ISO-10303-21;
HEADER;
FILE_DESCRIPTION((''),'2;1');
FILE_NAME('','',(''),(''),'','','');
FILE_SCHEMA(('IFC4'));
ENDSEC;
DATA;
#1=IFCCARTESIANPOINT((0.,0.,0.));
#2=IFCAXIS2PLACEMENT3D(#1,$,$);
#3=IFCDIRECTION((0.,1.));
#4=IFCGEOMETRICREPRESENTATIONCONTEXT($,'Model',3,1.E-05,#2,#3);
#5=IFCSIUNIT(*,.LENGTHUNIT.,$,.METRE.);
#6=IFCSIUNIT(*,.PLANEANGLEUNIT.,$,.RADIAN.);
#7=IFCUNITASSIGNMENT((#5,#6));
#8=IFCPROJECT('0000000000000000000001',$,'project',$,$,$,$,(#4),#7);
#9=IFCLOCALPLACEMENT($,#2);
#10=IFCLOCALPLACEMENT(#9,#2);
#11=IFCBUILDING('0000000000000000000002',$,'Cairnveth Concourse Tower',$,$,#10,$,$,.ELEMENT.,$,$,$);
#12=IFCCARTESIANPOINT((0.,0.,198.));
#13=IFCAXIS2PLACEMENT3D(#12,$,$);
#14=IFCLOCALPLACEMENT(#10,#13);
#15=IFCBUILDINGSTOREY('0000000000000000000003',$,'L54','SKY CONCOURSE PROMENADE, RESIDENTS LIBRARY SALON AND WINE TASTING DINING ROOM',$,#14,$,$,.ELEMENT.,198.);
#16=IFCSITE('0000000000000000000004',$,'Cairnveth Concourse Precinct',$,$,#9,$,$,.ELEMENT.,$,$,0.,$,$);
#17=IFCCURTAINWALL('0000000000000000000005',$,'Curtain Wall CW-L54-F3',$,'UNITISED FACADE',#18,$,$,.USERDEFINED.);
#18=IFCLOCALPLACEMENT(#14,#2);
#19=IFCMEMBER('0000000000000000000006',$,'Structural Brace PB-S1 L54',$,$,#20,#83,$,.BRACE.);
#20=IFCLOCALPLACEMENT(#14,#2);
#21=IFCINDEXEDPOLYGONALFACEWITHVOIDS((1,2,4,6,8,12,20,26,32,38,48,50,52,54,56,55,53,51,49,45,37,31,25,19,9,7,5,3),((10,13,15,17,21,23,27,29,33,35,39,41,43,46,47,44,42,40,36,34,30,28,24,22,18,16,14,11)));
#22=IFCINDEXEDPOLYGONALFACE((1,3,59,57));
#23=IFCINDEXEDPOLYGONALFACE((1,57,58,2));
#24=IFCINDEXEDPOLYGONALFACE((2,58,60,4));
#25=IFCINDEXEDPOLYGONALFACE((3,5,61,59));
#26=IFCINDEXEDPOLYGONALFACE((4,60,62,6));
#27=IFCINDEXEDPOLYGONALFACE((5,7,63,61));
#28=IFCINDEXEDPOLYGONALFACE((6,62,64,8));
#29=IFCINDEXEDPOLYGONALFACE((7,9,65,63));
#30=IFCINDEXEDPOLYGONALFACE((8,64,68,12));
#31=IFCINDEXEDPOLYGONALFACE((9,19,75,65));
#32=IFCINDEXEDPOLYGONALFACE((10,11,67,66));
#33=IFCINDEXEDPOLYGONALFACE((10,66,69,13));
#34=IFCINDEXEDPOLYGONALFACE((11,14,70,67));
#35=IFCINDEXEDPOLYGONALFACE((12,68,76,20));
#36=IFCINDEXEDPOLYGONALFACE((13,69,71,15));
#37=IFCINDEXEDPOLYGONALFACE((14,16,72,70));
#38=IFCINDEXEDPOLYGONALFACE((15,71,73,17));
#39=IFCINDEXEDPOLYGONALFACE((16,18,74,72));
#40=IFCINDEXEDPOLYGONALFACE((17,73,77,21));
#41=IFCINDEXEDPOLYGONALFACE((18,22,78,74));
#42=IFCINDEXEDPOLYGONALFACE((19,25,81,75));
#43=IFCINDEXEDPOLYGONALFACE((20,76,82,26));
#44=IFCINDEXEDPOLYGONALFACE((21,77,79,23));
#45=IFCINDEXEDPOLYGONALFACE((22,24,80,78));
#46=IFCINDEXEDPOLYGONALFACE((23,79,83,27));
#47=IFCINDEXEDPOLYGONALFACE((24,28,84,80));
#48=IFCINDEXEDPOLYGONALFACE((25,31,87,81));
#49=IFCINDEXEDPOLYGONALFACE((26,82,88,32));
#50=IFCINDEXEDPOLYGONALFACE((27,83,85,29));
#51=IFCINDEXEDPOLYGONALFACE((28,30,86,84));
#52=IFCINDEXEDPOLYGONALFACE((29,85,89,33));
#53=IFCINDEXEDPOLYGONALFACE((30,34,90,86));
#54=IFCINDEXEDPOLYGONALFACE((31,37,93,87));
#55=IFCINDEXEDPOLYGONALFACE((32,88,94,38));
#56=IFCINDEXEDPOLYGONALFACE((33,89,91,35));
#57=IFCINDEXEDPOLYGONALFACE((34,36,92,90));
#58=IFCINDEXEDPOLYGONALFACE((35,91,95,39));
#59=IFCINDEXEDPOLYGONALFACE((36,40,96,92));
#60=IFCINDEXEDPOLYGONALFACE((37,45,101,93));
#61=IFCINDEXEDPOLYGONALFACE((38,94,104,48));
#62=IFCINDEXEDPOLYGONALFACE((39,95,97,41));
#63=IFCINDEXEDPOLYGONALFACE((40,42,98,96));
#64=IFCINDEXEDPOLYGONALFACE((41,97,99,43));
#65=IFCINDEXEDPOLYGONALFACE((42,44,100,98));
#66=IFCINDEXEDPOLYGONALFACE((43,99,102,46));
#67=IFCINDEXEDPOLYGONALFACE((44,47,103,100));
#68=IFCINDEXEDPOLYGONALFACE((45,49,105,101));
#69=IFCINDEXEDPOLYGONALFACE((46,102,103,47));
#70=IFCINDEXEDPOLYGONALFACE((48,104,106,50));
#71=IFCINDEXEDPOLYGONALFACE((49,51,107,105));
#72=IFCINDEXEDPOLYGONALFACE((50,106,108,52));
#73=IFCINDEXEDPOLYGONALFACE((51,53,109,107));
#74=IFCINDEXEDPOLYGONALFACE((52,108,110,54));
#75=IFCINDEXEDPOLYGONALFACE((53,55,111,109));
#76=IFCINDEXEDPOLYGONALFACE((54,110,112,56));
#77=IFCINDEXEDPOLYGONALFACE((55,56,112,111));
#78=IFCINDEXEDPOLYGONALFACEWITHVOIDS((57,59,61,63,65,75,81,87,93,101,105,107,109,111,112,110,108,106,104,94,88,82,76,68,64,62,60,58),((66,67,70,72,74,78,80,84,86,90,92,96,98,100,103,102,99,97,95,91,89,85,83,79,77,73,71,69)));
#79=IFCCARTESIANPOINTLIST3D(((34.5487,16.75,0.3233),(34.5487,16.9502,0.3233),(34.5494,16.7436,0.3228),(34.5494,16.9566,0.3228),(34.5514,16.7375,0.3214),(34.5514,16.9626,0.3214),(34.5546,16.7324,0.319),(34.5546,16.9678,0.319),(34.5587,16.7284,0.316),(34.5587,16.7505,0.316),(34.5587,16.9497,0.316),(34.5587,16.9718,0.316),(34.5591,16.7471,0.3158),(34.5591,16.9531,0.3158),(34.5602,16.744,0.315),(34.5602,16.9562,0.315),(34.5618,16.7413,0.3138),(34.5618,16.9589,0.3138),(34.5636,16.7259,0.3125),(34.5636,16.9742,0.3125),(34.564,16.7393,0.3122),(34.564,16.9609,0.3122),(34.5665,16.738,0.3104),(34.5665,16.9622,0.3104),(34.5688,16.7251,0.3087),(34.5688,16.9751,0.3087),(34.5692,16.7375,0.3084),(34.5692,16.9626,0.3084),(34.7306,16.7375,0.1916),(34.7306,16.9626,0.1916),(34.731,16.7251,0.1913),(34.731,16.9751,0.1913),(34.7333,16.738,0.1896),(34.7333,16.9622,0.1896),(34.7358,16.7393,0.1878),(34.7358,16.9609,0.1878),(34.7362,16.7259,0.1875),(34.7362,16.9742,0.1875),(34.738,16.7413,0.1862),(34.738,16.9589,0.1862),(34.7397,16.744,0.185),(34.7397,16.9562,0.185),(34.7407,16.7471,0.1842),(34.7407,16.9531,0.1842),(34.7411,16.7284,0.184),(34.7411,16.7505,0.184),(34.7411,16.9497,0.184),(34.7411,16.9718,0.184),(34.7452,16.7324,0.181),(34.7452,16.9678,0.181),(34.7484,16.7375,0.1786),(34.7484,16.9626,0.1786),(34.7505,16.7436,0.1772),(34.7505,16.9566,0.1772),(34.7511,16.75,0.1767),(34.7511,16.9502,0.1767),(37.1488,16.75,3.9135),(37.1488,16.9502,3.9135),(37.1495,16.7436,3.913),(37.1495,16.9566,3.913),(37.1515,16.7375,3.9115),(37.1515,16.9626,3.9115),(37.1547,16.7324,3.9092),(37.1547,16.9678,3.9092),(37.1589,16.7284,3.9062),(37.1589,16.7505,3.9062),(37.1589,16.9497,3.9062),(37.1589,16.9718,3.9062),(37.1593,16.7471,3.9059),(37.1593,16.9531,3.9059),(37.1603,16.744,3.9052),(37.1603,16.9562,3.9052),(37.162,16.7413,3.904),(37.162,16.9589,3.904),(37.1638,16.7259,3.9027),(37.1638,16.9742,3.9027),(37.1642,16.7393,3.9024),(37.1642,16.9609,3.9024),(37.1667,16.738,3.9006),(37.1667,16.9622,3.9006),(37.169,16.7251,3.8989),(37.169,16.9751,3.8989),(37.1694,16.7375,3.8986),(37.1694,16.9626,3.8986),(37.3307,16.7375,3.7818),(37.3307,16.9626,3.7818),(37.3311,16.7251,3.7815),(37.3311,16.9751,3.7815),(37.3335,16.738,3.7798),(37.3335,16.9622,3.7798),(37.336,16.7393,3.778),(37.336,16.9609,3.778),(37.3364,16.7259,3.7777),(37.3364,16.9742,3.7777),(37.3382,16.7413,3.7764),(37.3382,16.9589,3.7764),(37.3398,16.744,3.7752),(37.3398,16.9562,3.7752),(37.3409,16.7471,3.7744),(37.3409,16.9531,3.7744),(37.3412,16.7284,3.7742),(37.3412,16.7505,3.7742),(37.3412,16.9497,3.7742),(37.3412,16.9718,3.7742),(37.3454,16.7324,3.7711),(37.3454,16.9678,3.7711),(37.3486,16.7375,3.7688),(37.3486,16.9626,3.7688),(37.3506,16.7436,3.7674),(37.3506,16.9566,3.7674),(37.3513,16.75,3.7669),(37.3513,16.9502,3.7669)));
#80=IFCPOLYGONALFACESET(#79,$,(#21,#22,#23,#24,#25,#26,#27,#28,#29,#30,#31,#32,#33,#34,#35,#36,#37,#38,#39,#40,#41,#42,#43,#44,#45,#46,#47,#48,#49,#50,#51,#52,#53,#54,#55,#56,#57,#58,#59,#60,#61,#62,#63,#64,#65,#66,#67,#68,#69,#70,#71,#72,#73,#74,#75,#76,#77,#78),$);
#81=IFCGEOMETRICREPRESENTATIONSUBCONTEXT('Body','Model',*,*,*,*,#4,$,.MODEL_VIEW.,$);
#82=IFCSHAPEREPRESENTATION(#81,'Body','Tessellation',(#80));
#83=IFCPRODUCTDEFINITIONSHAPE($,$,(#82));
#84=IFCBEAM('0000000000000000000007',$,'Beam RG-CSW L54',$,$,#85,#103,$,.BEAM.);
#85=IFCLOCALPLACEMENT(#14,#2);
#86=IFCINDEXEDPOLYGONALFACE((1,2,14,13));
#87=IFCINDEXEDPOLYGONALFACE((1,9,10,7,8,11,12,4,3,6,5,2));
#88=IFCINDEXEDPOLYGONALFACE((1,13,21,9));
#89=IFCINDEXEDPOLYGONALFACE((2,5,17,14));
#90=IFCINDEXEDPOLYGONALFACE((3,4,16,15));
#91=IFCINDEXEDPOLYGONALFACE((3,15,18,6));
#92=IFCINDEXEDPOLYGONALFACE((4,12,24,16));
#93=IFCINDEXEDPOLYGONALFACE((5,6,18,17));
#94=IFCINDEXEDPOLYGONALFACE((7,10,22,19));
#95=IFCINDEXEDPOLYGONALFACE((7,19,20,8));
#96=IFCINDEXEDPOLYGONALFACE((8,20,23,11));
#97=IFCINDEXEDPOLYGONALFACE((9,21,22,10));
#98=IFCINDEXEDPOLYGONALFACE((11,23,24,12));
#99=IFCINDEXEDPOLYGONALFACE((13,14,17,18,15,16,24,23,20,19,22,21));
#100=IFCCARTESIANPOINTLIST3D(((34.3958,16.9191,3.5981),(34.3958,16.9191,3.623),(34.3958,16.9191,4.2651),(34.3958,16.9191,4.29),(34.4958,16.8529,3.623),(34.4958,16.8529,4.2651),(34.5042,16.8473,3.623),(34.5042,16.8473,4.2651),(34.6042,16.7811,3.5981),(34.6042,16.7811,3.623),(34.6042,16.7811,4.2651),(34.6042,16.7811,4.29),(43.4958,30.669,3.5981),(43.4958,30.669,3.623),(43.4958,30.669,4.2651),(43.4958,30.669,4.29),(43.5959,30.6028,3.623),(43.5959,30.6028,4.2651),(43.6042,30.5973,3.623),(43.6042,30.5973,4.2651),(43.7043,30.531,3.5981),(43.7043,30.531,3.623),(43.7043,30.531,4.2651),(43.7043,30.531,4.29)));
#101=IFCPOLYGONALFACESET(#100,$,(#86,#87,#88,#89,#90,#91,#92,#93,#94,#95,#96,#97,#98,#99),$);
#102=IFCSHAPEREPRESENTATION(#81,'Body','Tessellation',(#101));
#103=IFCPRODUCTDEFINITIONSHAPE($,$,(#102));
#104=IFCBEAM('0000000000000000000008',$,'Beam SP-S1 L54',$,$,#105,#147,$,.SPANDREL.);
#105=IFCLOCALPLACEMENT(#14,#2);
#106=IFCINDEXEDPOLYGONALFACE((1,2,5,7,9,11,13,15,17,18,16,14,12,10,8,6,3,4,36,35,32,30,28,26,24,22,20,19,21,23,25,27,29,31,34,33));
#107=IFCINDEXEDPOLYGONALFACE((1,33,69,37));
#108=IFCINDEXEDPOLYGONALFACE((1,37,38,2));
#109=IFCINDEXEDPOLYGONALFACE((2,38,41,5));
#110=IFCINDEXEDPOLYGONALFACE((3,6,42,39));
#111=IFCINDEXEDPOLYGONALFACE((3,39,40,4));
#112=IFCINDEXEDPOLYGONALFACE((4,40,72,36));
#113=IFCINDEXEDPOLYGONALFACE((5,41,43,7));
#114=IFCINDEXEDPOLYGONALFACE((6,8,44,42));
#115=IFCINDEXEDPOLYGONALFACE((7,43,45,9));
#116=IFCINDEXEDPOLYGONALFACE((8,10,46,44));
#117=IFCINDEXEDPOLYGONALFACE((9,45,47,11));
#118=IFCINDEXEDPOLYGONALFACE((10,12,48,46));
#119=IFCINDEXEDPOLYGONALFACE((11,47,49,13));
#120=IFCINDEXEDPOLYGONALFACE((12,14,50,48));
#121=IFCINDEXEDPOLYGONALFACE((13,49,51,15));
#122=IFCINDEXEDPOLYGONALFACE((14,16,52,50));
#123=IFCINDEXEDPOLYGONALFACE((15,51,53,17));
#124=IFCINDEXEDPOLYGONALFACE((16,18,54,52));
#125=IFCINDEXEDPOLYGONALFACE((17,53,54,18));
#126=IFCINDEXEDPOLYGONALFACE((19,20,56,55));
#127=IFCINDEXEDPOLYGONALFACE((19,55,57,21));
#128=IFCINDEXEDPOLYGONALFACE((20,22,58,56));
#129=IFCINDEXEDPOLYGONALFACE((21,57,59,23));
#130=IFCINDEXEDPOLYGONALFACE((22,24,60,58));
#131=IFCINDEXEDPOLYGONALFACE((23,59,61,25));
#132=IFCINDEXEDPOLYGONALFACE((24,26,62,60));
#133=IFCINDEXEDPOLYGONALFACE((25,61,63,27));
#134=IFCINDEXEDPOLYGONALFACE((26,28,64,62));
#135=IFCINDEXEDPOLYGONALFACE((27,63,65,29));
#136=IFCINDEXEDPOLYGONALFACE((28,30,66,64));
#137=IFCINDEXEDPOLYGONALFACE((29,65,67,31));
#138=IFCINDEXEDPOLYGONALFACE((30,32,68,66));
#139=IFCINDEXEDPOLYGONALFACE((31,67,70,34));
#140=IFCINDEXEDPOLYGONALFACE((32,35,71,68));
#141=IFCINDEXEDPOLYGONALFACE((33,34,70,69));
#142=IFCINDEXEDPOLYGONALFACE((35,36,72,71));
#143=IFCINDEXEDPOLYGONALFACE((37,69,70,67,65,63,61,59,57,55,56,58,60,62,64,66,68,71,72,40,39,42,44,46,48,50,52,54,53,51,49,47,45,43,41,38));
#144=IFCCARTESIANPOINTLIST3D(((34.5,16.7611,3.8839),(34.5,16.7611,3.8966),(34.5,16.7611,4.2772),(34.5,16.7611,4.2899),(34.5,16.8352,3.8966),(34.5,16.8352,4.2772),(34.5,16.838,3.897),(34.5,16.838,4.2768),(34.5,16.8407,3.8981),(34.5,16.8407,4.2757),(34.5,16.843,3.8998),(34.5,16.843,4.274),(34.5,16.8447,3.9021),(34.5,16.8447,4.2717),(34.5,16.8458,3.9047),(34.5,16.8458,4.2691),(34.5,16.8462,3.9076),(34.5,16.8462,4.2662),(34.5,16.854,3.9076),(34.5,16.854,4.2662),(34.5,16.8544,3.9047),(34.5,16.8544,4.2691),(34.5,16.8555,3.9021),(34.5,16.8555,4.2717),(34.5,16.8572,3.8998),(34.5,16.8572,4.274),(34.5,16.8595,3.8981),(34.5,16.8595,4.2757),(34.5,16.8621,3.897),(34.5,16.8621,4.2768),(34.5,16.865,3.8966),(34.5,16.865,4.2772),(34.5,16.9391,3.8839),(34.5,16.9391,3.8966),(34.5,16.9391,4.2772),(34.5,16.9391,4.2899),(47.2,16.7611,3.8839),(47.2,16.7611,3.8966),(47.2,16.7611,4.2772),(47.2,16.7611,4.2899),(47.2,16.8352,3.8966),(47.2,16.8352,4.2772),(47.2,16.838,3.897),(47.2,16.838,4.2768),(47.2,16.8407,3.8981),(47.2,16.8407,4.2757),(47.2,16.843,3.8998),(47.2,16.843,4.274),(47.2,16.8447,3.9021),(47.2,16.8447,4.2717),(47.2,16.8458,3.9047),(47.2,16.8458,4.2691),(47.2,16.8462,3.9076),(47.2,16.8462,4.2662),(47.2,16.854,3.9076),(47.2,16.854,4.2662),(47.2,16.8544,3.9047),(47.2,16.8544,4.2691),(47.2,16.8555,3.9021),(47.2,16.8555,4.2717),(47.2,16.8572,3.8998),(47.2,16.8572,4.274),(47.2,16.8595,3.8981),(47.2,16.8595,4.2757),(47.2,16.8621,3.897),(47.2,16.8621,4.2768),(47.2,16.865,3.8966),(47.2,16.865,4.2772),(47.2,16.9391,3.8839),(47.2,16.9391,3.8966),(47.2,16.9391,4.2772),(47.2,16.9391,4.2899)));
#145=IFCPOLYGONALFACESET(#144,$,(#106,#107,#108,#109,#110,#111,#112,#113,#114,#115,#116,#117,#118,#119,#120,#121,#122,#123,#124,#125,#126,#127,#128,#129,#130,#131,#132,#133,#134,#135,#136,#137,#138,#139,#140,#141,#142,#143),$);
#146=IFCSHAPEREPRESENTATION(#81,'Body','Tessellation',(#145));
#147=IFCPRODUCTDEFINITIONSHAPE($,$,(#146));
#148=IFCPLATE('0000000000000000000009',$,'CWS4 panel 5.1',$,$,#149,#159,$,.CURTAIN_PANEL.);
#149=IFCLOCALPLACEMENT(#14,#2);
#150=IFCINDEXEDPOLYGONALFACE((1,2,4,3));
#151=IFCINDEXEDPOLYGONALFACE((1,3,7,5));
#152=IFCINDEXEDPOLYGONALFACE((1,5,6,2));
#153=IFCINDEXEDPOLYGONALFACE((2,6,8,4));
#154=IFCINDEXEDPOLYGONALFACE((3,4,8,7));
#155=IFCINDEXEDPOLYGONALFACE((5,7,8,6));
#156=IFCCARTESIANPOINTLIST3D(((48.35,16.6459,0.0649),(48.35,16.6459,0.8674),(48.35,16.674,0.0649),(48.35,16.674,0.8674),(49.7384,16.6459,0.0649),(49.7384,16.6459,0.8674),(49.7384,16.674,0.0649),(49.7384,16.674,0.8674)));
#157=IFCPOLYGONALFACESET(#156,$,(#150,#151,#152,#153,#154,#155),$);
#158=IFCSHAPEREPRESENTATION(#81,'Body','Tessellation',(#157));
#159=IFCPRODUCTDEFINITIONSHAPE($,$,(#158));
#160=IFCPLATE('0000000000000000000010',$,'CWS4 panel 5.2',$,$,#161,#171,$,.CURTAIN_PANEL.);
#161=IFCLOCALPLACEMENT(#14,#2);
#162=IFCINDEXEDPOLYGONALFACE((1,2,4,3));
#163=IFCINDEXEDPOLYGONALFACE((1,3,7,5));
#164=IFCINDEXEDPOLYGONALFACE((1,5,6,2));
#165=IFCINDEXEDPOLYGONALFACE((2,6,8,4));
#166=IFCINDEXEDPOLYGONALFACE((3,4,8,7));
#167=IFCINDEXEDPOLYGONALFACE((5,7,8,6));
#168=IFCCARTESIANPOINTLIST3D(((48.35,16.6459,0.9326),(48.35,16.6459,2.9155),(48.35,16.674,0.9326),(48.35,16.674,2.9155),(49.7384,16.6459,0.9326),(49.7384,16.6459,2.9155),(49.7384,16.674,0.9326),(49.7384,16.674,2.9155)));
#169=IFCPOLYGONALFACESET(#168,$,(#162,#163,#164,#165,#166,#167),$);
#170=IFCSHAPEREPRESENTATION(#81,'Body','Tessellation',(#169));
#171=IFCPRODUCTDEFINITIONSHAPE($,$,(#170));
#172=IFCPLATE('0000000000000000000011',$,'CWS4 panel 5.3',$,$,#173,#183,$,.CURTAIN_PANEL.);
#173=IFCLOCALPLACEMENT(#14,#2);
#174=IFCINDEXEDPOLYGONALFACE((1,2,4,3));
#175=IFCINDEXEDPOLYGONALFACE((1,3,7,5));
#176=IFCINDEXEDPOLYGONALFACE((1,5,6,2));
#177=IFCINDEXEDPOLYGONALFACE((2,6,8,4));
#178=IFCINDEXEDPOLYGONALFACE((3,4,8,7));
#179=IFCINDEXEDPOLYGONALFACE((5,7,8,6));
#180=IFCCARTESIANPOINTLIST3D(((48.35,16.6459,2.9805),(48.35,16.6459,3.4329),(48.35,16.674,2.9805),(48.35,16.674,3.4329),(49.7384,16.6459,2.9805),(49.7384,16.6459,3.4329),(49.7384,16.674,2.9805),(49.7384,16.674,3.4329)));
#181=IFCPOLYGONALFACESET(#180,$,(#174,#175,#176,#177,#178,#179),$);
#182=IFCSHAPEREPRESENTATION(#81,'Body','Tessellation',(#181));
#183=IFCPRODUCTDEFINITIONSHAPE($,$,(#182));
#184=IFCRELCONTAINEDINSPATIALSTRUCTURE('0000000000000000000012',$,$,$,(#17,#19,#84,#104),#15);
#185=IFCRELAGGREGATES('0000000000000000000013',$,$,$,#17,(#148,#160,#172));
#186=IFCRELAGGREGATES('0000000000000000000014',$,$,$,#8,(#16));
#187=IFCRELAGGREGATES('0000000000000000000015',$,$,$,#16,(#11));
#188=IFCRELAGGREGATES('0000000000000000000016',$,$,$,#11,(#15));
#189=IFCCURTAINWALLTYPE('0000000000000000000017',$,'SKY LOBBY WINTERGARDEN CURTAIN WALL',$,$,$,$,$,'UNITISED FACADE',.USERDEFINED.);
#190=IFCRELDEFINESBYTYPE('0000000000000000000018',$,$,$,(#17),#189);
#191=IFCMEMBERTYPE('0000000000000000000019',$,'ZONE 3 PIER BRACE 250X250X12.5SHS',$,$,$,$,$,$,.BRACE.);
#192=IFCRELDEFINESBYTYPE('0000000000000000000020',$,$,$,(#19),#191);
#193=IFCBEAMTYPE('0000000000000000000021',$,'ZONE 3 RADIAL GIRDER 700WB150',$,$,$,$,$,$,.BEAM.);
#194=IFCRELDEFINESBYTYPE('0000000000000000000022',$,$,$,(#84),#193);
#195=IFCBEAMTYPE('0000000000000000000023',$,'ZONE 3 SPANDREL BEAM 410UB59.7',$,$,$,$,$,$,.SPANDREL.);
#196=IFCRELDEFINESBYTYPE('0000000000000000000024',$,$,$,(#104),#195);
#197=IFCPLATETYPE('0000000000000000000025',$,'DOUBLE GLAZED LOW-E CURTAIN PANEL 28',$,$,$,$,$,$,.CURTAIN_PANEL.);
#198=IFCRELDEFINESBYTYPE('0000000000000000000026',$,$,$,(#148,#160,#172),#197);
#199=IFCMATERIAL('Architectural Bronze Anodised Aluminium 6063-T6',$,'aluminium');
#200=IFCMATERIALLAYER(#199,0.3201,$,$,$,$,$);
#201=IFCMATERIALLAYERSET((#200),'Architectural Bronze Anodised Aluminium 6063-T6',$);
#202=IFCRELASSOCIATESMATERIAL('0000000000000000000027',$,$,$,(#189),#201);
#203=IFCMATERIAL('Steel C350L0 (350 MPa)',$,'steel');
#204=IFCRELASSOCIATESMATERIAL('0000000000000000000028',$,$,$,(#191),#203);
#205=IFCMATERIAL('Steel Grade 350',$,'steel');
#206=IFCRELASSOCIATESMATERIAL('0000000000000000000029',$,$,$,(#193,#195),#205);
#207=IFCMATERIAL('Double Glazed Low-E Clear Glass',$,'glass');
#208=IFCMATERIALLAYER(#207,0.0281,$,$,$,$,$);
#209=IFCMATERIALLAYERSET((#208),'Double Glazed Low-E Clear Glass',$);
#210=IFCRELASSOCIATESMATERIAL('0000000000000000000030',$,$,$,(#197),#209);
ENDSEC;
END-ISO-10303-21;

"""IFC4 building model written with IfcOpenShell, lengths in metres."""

from ifc_helpers import new_model, si_unit, direction, frame, origin, origin_2d, place, context, subcontext, project, spatial, rectangle, hollow_rectangle, i_section, extrude, material, layer, layer_set, material_profile, profile_set, type_object, element, aggregate, save


model = new_model("IFC4")

# Units and contexts
model_context = context("Model", 3, precision=1e-05, world=origin(), true_north=direction((0.0, 1.0)))
body_context = subcontext(model_context, "Body", "Model", "MODEL_VIEW")
ifc_project = project(units=[si_unit("LENGTHUNIT", "METRE"), si_unit("PLANEANGLEUNIT", "RADIAN")], contexts=[model_context])

# Site, building, storey
site_placement = place(None, origin())
site = spatial("IfcSite", under=ifc_project, at=site_placement, Name="Cairnveth Concourse Precinct", CompositionType="ELEMENT", RefElevation=0.0)
building_placement = place(site_placement, origin())
building = spatial("IfcBuilding", under=site, at=building_placement, Name="Cairnveth Concourse Tower", CompositionType="ELEMENT")
storey_placement = place(building_placement, frame((0.0, 0.0, 198.0)))
storey = spatial("IfcBuildingStorey", under=building, at=storey_placement, Name="L54", Description="SKY CONCOURSE PROMENADE, RESIDENTS LIBRARY SALON AND WINE TASTING DINING ROOM", CompositionType="ELEMENT", Elevation=198.0)

# Shared definitions
ifc_material_1 = material(Name="Steel Grade 350", Category="steel")

# Curtain wall
ifc_material_2 = material(Name="Architectural Bronze Anodised Aluminium 6063-T6", Category="aluminium")
ifc_layer_1 = layer(ifc_material_2, 0.3201)
ifc_layer_set_1 = layer_set([ifc_layer_1], Name="Architectural Bronze Anodised Aluminium 6063-T6")
curtain_wall_type = type_object("IfcCurtainWallType", Name="SKY LOBBY WINTERGARDEN CURTAIN WALL", ElementType="UNITISED FACADE", PredefinedType="USERDEFINED", material=ifc_layer_set_1)
curtain_wall_placement = place(storey_placement, origin())
curtain_wall = element("IfcCurtainWall", 1, at=curtain_wall_placement, inside=storey, type_object=curtain_wall_type, Name="Curtain Wall CW-L54-F3", ObjectType="UNITISED FACADE", PredefinedType="USERDEFINED")

# Member
ifc_material_3 = material(Name="Steel C350L0 (350 MPa)", Category="steel")
ifc_material_profile_1 = material_profile(ifc_material_3, hollow_rectangle(XDim=0.25, YDim=0.25, WallThickness=0.0125, InnerFilletRadius=0.0129, OuterFilletRadius=0.0249, at=origin_2d()), Name="250x250x12.5SHS")
ifc_profile_set_1 = profile_set([ifc_material_profile_1], Name="Steel C350L0 (350 MPa)")
member_type_1 = type_object("IfcMemberType", Name="ZONE 3 PIER BRACE 250X250X12.5SHS", PredefinedType="BRACE", material=ifc_profile_set_1)
member_1_placement = place(storey_placement, frame((34.6499, 16.8501, 0.25), z_axis=(0.586566, 0.0, 0.809902), x_axis=(0.0, 1.0, 0.0)))
element("IfcMember", 2, at=member_1_placement, inside=storey, type_object=member_type_1, Name="Structural Brace PB-S1 L54", PredefinedType="BRACE", context=body_context, shape_type="SweptSolid", body=[
    extrude(hollow_rectangle(XDim=0.25, YDim=0.25, WallThickness=0.0125, InnerFilletRadius=0.0129, OuterFilletRadius=0.0249, at=origin_2d()), origin(), (0.0, 0.0, 1.0), 4.4329),
])

# Beams
ifc_material_profile_2 = material_profile(ifc_material_1, i_section(OverallWidth=0.25, OverallDepth=0.6919, WebThickness=0.01, FlangeThickness=0.0249, at=origin_2d()), Name="700WB150")
ifc_profile_set_2 = profile_set([ifc_material_profile_2], Name="Steel Grade 350")
beam_type_1 = type_object("IfcBeamType", Name="ZONE 3 RADIAL GIRDER 700WB150", PredefinedType="BEAM", material=ifc_profile_set_2)
beam_1_placement = place(storey_placement, frame((34.5, 16.8501, 3.9441), z_axis=(0.551902, 0.833909, 0.0), x_axis=(-0.833909, 0.551902, 0.0)))
element("IfcBeam", 3, at=beam_1_placement, inside=storey, type_object=beam_type_1, Name="Beam RG-CSW L54", PredefinedType="BEAM", context=body_context, shape_type="SweptSolid", body=[
    extrude(i_section(OverallWidth=0.25, OverallDepth=0.6919, WebThickness=0.01, FlangeThickness=0.0249, at=origin_2d()), origin(), (0.0, 0.0, 1.0), 16.4885),
])
ifc_material_profile_3 = material_profile(ifc_material_1, i_section(OverallWidth=0.178, OverallDepth=0.406, WebThickness=0.0078, FlangeThickness=0.0127, FilletRadius=0.011, at=origin_2d()), Name="410UB59.7")
ifc_profile_set_3 = profile_set([ifc_material_profile_3], Name="Steel Grade 350")
beam_type_2 = type_object("IfcBeamType", Name="ZONE 3 SPANDREL BEAM 410UB59.7", PredefinedType="SPANDREL", material=ifc_profile_set_3)
beam_2_placement = place(storey_placement, frame((34.5, 16.8501, 4.0869), z_axis=(1.0, 0.0, 0.0), x_axis=(0.0, 1.0, 0.0)))
element("IfcBeam", 4, at=beam_2_placement, inside=storey, type_object=beam_type_2, Name="Beam SP-S1 L54", PredefinedType="SPANDREL", context=body_context, shape_type="SweptSolid", body=[
    extrude(i_section(OverallWidth=0.178, OverallDepth=0.406, WebThickness=0.0078, FlangeThickness=0.0127, FilletRadius=0.011, at=origin_2d()), origin(), (0.0, 0.0, 1.0), 12.7),
])

# Plates
ifc_material_4 = material(Name="Double Glazed Low-E Clear Glass", Category="glass")
ifc_layer_2 = layer(ifc_material_4, 0.0281)
ifc_layer_set_2 = layer_set([ifc_layer_2], Name="Double Glazed Low-E Clear Glass")
plate_type_1 = type_object("IfcPlateType", Name="DOUBLE GLAZED LOW-E CURTAIN PANEL 28", PredefinedType="CURTAIN_PANEL", material=ifc_layer_set_2)
plate_1_placement = place(storey_placement, frame((49.0442, 16.6599, 0.0649), z_axis=(0.0, 0.0, 1.0), x_axis=(-1.0, 0.0, 0.0)))
plate_1 = element("IfcPlate", 5, at=plate_1_placement, type_object=plate_type_1, Name="CWS4 panel 5.1", PredefinedType="CURTAIN_PANEL", context=body_context, shape_type="SweptSolid", body=[
    extrude(rectangle(XDim=1.3884, YDim=0.0281, at=origin_2d()), origin(), (0.0, 0.0, 1.0), 0.8025),
])
plate_2_placement = place(storey_placement, frame((49.0442, 16.6599, 0.9326), z_axis=(0.0, 0.0, 1.0), x_axis=(-1.0, 0.0, 0.0)))
plate_2 = element("IfcPlate", 6, at=plate_2_placement, type_object=plate_type_1, Name="CWS4 panel 5.2", PredefinedType="CURTAIN_PANEL", context=body_context, shape_type="SweptSolid", body=[
    extrude(rectangle(XDim=1.3884, YDim=0.0281, at=origin_2d()), origin(), (0.0, 0.0, 1.0), 1.9829),
])
plate_3_placement = place(storey_placement, frame((49.0442, 16.6599, 2.9805), z_axis=(0.0, 0.0, 1.0), x_axis=(-1.0, 0.0, 0.0)))
plate_3 = element("IfcPlate", 7, at=plate_3_placement, type_object=plate_type_1, Name="CWS4 panel 5.3", PredefinedType="CURTAIN_PANEL", context=body_context, shape_type="SweptSolid", body=[
    extrude(rectangle(XDim=1.3884, YDim=0.0281, at=origin_2d()), origin(), (0.0, 0.0, 1.0), 0.4524),
])
aggregate(curtain_wall, [plate_1, plate_2, plate_3])

save(model, "model.ifc")
